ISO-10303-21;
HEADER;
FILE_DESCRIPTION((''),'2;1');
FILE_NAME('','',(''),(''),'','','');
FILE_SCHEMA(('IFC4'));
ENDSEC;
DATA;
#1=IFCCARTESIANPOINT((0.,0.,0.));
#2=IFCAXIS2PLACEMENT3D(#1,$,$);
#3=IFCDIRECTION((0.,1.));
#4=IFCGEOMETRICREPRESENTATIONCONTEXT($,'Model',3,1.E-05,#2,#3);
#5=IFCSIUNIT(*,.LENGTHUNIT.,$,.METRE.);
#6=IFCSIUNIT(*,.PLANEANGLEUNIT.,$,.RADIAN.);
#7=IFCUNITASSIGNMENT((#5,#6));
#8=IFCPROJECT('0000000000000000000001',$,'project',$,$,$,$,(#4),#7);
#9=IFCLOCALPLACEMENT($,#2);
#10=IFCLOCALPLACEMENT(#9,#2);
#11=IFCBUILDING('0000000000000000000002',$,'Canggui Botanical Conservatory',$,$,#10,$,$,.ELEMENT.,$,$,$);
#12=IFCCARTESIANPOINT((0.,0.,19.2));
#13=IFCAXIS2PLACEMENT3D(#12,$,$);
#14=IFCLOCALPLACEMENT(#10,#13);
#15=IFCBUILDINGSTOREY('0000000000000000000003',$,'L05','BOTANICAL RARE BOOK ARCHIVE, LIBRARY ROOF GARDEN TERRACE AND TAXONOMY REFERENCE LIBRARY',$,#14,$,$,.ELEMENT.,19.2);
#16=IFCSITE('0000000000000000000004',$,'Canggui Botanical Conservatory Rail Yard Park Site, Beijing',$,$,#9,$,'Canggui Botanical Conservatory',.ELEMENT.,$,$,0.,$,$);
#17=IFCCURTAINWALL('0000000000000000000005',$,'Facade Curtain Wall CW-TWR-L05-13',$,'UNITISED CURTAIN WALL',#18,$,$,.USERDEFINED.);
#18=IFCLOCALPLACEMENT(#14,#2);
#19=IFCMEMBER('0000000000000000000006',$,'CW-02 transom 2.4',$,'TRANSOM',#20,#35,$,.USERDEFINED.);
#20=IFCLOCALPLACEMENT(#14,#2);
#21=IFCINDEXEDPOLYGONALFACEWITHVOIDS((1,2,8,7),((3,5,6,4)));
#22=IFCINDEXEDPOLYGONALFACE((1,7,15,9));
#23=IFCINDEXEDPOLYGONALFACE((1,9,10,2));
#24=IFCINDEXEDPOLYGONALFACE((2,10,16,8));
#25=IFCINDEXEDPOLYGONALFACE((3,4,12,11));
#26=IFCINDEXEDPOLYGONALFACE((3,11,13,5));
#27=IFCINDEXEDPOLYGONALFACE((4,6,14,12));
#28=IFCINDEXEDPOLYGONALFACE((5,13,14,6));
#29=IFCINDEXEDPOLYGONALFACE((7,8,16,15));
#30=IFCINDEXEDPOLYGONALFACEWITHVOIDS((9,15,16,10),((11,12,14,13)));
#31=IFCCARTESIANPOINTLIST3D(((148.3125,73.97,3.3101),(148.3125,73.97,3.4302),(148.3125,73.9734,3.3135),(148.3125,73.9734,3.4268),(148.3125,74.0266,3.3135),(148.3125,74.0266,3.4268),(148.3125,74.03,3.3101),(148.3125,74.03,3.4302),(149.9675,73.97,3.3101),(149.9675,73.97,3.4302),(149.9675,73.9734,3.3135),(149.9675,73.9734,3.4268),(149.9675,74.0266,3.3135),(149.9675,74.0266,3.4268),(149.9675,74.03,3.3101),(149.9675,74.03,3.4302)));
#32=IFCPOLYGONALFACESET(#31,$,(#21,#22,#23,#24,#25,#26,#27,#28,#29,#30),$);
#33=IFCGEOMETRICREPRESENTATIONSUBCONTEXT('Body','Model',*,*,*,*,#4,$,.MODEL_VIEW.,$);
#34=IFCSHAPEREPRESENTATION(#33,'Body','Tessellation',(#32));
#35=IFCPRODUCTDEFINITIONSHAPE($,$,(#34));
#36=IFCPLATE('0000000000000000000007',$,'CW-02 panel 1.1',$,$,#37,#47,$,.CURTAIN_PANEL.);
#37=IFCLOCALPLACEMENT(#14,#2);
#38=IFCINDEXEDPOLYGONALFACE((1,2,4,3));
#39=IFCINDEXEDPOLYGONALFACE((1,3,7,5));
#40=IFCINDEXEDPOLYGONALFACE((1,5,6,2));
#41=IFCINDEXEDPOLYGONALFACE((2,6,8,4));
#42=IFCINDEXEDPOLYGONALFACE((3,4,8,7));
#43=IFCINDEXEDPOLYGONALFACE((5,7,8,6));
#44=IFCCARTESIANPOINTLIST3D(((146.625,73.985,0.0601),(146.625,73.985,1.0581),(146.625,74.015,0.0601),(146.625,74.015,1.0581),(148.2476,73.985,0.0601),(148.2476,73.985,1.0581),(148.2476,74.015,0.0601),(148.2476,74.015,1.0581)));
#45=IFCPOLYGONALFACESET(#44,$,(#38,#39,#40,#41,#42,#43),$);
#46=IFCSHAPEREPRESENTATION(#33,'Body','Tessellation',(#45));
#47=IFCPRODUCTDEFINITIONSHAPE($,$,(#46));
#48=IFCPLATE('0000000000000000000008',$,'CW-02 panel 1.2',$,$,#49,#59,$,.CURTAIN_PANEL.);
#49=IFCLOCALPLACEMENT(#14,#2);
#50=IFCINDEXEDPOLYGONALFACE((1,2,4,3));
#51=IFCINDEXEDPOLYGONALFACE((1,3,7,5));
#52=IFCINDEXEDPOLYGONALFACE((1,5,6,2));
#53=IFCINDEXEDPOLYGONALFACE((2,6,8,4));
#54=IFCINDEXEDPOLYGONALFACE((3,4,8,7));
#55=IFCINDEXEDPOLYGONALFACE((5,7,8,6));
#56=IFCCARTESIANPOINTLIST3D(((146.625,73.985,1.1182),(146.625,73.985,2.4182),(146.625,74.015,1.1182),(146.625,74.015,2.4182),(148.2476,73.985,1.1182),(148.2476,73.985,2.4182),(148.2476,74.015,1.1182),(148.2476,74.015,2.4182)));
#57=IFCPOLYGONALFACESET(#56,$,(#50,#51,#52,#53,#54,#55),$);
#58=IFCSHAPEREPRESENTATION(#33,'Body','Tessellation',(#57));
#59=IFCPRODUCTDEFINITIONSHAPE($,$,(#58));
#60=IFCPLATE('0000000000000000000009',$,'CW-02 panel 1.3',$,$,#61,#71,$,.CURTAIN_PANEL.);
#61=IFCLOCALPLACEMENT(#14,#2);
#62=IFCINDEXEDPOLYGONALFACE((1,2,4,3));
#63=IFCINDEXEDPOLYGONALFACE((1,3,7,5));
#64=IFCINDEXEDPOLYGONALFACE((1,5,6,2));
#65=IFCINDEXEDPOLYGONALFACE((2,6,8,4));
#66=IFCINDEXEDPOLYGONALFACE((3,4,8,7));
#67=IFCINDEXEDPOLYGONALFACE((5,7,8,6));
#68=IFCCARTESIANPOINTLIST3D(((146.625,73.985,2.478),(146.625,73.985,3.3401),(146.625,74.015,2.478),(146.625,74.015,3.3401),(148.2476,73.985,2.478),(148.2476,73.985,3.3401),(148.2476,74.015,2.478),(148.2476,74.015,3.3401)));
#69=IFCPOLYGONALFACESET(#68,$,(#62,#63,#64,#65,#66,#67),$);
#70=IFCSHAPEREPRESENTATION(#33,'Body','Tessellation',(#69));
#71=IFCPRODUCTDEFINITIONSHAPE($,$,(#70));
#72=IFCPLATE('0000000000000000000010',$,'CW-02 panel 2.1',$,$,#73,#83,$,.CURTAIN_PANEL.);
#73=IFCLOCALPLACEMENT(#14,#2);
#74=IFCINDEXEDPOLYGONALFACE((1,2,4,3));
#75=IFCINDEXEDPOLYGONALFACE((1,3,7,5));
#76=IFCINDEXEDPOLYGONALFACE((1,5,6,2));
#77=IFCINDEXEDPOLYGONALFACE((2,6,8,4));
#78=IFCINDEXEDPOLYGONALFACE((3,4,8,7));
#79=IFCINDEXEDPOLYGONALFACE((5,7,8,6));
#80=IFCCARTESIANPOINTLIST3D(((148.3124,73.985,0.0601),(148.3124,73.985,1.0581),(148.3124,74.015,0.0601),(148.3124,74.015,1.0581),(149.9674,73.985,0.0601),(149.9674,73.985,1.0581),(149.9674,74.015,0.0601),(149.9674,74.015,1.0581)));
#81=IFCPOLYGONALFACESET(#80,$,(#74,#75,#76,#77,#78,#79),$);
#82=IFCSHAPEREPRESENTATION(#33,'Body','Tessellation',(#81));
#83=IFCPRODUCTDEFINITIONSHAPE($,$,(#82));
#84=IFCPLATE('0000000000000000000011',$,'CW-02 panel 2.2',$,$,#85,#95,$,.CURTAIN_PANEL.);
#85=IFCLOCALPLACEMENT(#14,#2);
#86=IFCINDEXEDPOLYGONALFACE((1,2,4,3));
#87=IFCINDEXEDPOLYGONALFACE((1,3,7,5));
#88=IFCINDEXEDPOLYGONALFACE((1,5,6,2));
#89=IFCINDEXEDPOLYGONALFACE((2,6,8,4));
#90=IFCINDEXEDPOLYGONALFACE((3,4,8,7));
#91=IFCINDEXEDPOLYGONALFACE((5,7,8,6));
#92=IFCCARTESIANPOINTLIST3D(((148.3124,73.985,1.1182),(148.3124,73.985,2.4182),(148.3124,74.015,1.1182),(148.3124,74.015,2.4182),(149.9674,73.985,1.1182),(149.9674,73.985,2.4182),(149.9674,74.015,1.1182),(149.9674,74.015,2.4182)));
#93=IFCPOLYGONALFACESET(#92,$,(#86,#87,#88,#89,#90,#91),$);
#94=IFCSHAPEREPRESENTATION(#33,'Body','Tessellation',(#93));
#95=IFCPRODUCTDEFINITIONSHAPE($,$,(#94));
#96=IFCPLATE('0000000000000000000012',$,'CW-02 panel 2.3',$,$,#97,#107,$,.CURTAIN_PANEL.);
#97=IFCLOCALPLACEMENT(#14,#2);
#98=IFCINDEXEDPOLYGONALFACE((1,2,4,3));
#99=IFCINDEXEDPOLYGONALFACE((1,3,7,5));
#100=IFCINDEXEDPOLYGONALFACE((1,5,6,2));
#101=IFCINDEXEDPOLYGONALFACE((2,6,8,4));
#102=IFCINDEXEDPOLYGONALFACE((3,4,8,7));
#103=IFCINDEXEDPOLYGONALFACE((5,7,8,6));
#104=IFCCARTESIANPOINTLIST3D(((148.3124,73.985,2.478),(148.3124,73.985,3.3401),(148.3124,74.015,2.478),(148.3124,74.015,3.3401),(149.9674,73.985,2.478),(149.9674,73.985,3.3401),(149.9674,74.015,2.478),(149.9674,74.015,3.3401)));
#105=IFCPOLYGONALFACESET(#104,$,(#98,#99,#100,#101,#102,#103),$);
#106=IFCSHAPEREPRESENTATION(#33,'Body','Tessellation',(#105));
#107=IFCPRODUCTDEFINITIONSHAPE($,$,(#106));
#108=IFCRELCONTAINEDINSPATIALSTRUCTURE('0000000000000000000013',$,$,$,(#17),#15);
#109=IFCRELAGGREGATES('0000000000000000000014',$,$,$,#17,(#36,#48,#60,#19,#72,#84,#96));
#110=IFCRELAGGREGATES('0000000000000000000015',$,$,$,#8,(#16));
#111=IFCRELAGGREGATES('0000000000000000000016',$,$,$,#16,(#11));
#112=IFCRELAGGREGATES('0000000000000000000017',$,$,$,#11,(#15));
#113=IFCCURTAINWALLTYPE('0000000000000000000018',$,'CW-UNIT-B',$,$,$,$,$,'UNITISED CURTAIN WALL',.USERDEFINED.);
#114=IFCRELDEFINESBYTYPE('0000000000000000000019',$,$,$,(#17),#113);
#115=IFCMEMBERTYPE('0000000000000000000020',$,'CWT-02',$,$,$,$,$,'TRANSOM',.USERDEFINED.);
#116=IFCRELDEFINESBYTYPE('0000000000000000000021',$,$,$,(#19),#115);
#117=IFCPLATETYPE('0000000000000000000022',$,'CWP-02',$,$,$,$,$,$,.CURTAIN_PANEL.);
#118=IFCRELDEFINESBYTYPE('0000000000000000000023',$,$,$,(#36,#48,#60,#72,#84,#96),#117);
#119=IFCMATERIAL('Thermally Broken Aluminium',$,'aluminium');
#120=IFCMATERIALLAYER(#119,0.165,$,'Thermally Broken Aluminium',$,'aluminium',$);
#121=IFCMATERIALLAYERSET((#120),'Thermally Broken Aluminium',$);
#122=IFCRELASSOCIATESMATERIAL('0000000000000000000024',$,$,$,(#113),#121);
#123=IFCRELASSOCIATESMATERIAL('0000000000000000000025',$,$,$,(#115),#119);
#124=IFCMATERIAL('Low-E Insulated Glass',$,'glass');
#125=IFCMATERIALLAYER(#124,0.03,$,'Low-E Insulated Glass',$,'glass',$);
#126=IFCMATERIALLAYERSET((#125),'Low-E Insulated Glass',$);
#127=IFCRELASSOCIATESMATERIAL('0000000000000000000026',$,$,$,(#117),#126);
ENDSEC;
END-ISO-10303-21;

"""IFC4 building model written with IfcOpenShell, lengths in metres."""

from ifc_helpers import new_model, si_unit, direction, frame, origin, origin_2d, place, context, subcontext, project, spatial, rectangle, hollow_rectangle, extrude, material, layer, layer_set, material_profile, profile_set, type_object, element, aggregate, save


model = new_model("IFC4")

# Units and contexts
model_context = context("Model", 3, precision=1e-05, world=origin(), true_north=direction((0.0, 1.0)))
body_context = subcontext(model_context, "Body", "Model", "MODEL_VIEW")
ifc_project = project(units=[si_unit("LENGTHUNIT", "METRE"), si_unit("PLANEANGLEUNIT", "RADIAN")], contexts=[model_context])

# Site, building, storey
site_placement = place(None, origin())
site = spatial("IfcSite", under=ifc_project, at=site_placement, Name="Canggui Botanical Conservatory Rail Yard Park Site, Beijing", LongName="Canggui Botanical Conservatory", CompositionType="ELEMENT", RefElevation=0.0)
building_placement = place(site_placement, origin())
building = spatial("IfcBuilding", under=site, at=building_placement, Name="Canggui Botanical Conservatory", CompositionType="ELEMENT")
storey_placement = place(building_placement, frame((0.0, 0.0, 19.2)))
storey = spatial("IfcBuildingStorey", under=building, at=storey_placement, Name="L05", Description="BOTANICAL RARE BOOK ARCHIVE, LIBRARY ROOF GARDEN TERRACE AND TAXONOMY REFERENCE LIBRARY", CompositionType="ELEMENT", Elevation=19.2)

# Curtain wall, member, plates
ifc_material_1 = material(Name="Thermally Broken Aluminium", Category="aluminium")
ifc_layer_1 = layer(ifc_material_1, 0.165, Name="Thermally Broken Aluminium", Category="aluminium")
ifc_layer_set_1 = layer_set([ifc_layer_1], Name="Thermally Broken Aluminium")
curtain_wall_type = type_object("IfcCurtainWallType", Name="CW-UNIT-B", ElementType="UNITISED CURTAIN WALL", PredefinedType="USERDEFINED", material=ifc_layer_set_1)
curtain_wall_placement = place(storey_placement, origin())
curtain_wall = element("IfcCurtainWall", 1, at=curtain_wall_placement, inside=storey, type_object=curtain_wall_type, Name="Facade Curtain Wall CW-TWR-L05-13", ObjectType="UNITISED CURTAIN WALL", PredefinedType="USERDEFINED")
ifc_material_profile_1 = material_profile(ifc_material_1, hollow_rectangle(XDim=0.0601, YDim=0.1201, WallThickness=0.0034, at=origin_2d()), Name="CWT 60x120x3.5")
ifc_profile_set_1 = profile_set([ifc_material_profile_1], Name="Thermally Broken Aluminium")
member_type_1 = type_object("IfcMemberType", Name="CWT-02", ElementType="TRANSOM", PredefinedType="USERDEFINED", material=ifc_profile_set_1)
member_1_placement = place(storey_placement, frame((148.3125, 74.0, 3.3701), z_axis=(1.0, 0.0, 0.0), x_axis=(0.0, 1.0, 0.0)))
member_1 = element("IfcMember", 2, at=member_1_placement, type_object=member_type_1, Name="CW-02 transom 2.4", ObjectType="TRANSOM", PredefinedType="USERDEFINED", context=body_context, shape_type="SweptSolid", body=[
    extrude(hollow_rectangle(XDim=0.0601, YDim=0.1201, WallThickness=0.0034, at=origin_2d()), origin(), (0.0, 0.0, 1.0), 1.655),
])
ifc_material_2 = material(Name="Low-E Insulated Glass", Category="glass")
ifc_layer_2 = layer(ifc_material_2, 0.03, Name="Low-E Insulated Glass", Category="glass")
ifc_layer_set_2 = layer_set([ifc_layer_2], Name="Low-E Insulated Glass")
plate_type = type_object("IfcPlateType", Name="CWP-02", PredefinedType="CURTAIN_PANEL", material=ifc_layer_set_2)
plate_1_placement = place(storey_placement, frame((147.4363, 74.0, 0.0601), z_axis=(0.0, 0.0, 1.0), x_axis=(1.0, 0.0, 0.0)))
plate_1 = element("IfcPlate", 3, at=plate_1_placement, type_object=plate_type, Name="CW-02 panel 1.1", PredefinedType="CURTAIN_PANEL", context=body_context, shape_type="SweptSolid", body=[
    extrude(rectangle(XDim=1.6226, YDim=0.03, at=origin_2d()), origin(), (0.0, 0.0, 1.0), 0.998),
])
plate_2_placement = place(storey_placement, frame((147.4363, 74.0, 1.1182), z_axis=(0.0, 0.0, 1.0), x_axis=(1.0, 0.0, 0.0)))
plate_2 = element("IfcPlate", 4, at=plate_2_placement, type_object=plate_type, Name="CW-02 panel 1.2", PredefinedType="CURTAIN_PANEL", context=body_context, shape_type="SweptSolid", body=[
    extrude(rectangle(XDim=1.6226, YDim=0.03, at=origin_2d()), origin(), (0.0, 0.0, 1.0), 1.3),
])
plate_3_placement = place(storey_placement, frame((147.4363, 74.0, 2.478), z_axis=(0.0, 0.0, 1.0), x_axis=(1.0, 0.0, 0.0)))
plate_3 = element("IfcPlate", 5, at=plate_3_placement, type_object=plate_type, Name="CW-02 panel 1.3", PredefinedType="CURTAIN_PANEL", context=body_context, shape_type="SweptSolid", body=[
    extrude(rectangle(XDim=1.6226, YDim=0.03, at=origin_2d()), origin(), (0.0, 0.0, 1.0), 0.8621),
])
plate_4_placement = place(storey_placement, frame((149.1399, 74.0, 0.0601), z_axis=(0.0, 0.0, 1.0), x_axis=(1.0, 0.0, 0.0)))
plate_4 = element("IfcPlate", 6, at=plate_4_placement, type_object=plate_type, Name="CW-02 panel 2.1", PredefinedType="CURTAIN_PANEL", context=body_context, shape_type="SweptSolid", body=[
    extrude(rectangle(XDim=1.655, YDim=0.03, at=origin_2d()), origin(), (0.0, 0.0, 1.0), 0.998),
])
plate_5_placement = place(storey_placement, frame((149.1399, 74.0, 1.1182), z_axis=(0.0, 0.0, 1.0), x_axis=(1.0, 0.0, 0.0)))
plate_5 = element("IfcPlate", 7, at=plate_5_placement, type_object=plate_type, Name="CW-02 panel 2.2", PredefinedType="CURTAIN_PANEL", context=body_context, shape_type="SweptSolid", body=[
    extrude(rectangle(XDim=1.655, YDim=0.03, at=origin_2d()), origin(), (0.0, 0.0, 1.0), 1.3),
])
plate_6_placement = place(storey_placement, frame((149.1399, 74.0, 2.478), z_axis=(0.0, 0.0, 1.0), x_axis=(1.0, 0.0, 0.0)))
plate_6 = element("IfcPlate", 8, at=plate_6_placement, type_object=plate_type, Name="CW-02 panel 2.3", PredefinedType="CURTAIN_PANEL", context=body_context, shape_type="SweptSolid", body=[
    extrude(rectangle(XDim=1.655, YDim=0.03, at=origin_2d()), origin(), (0.0, 0.0, 1.0), 0.8621),
])
aggregate(curtain_wall, [plate_1, plate_2, plate_3, member_1, plate_4, plate_5, plate_6])

save(model, "model.ifc")
